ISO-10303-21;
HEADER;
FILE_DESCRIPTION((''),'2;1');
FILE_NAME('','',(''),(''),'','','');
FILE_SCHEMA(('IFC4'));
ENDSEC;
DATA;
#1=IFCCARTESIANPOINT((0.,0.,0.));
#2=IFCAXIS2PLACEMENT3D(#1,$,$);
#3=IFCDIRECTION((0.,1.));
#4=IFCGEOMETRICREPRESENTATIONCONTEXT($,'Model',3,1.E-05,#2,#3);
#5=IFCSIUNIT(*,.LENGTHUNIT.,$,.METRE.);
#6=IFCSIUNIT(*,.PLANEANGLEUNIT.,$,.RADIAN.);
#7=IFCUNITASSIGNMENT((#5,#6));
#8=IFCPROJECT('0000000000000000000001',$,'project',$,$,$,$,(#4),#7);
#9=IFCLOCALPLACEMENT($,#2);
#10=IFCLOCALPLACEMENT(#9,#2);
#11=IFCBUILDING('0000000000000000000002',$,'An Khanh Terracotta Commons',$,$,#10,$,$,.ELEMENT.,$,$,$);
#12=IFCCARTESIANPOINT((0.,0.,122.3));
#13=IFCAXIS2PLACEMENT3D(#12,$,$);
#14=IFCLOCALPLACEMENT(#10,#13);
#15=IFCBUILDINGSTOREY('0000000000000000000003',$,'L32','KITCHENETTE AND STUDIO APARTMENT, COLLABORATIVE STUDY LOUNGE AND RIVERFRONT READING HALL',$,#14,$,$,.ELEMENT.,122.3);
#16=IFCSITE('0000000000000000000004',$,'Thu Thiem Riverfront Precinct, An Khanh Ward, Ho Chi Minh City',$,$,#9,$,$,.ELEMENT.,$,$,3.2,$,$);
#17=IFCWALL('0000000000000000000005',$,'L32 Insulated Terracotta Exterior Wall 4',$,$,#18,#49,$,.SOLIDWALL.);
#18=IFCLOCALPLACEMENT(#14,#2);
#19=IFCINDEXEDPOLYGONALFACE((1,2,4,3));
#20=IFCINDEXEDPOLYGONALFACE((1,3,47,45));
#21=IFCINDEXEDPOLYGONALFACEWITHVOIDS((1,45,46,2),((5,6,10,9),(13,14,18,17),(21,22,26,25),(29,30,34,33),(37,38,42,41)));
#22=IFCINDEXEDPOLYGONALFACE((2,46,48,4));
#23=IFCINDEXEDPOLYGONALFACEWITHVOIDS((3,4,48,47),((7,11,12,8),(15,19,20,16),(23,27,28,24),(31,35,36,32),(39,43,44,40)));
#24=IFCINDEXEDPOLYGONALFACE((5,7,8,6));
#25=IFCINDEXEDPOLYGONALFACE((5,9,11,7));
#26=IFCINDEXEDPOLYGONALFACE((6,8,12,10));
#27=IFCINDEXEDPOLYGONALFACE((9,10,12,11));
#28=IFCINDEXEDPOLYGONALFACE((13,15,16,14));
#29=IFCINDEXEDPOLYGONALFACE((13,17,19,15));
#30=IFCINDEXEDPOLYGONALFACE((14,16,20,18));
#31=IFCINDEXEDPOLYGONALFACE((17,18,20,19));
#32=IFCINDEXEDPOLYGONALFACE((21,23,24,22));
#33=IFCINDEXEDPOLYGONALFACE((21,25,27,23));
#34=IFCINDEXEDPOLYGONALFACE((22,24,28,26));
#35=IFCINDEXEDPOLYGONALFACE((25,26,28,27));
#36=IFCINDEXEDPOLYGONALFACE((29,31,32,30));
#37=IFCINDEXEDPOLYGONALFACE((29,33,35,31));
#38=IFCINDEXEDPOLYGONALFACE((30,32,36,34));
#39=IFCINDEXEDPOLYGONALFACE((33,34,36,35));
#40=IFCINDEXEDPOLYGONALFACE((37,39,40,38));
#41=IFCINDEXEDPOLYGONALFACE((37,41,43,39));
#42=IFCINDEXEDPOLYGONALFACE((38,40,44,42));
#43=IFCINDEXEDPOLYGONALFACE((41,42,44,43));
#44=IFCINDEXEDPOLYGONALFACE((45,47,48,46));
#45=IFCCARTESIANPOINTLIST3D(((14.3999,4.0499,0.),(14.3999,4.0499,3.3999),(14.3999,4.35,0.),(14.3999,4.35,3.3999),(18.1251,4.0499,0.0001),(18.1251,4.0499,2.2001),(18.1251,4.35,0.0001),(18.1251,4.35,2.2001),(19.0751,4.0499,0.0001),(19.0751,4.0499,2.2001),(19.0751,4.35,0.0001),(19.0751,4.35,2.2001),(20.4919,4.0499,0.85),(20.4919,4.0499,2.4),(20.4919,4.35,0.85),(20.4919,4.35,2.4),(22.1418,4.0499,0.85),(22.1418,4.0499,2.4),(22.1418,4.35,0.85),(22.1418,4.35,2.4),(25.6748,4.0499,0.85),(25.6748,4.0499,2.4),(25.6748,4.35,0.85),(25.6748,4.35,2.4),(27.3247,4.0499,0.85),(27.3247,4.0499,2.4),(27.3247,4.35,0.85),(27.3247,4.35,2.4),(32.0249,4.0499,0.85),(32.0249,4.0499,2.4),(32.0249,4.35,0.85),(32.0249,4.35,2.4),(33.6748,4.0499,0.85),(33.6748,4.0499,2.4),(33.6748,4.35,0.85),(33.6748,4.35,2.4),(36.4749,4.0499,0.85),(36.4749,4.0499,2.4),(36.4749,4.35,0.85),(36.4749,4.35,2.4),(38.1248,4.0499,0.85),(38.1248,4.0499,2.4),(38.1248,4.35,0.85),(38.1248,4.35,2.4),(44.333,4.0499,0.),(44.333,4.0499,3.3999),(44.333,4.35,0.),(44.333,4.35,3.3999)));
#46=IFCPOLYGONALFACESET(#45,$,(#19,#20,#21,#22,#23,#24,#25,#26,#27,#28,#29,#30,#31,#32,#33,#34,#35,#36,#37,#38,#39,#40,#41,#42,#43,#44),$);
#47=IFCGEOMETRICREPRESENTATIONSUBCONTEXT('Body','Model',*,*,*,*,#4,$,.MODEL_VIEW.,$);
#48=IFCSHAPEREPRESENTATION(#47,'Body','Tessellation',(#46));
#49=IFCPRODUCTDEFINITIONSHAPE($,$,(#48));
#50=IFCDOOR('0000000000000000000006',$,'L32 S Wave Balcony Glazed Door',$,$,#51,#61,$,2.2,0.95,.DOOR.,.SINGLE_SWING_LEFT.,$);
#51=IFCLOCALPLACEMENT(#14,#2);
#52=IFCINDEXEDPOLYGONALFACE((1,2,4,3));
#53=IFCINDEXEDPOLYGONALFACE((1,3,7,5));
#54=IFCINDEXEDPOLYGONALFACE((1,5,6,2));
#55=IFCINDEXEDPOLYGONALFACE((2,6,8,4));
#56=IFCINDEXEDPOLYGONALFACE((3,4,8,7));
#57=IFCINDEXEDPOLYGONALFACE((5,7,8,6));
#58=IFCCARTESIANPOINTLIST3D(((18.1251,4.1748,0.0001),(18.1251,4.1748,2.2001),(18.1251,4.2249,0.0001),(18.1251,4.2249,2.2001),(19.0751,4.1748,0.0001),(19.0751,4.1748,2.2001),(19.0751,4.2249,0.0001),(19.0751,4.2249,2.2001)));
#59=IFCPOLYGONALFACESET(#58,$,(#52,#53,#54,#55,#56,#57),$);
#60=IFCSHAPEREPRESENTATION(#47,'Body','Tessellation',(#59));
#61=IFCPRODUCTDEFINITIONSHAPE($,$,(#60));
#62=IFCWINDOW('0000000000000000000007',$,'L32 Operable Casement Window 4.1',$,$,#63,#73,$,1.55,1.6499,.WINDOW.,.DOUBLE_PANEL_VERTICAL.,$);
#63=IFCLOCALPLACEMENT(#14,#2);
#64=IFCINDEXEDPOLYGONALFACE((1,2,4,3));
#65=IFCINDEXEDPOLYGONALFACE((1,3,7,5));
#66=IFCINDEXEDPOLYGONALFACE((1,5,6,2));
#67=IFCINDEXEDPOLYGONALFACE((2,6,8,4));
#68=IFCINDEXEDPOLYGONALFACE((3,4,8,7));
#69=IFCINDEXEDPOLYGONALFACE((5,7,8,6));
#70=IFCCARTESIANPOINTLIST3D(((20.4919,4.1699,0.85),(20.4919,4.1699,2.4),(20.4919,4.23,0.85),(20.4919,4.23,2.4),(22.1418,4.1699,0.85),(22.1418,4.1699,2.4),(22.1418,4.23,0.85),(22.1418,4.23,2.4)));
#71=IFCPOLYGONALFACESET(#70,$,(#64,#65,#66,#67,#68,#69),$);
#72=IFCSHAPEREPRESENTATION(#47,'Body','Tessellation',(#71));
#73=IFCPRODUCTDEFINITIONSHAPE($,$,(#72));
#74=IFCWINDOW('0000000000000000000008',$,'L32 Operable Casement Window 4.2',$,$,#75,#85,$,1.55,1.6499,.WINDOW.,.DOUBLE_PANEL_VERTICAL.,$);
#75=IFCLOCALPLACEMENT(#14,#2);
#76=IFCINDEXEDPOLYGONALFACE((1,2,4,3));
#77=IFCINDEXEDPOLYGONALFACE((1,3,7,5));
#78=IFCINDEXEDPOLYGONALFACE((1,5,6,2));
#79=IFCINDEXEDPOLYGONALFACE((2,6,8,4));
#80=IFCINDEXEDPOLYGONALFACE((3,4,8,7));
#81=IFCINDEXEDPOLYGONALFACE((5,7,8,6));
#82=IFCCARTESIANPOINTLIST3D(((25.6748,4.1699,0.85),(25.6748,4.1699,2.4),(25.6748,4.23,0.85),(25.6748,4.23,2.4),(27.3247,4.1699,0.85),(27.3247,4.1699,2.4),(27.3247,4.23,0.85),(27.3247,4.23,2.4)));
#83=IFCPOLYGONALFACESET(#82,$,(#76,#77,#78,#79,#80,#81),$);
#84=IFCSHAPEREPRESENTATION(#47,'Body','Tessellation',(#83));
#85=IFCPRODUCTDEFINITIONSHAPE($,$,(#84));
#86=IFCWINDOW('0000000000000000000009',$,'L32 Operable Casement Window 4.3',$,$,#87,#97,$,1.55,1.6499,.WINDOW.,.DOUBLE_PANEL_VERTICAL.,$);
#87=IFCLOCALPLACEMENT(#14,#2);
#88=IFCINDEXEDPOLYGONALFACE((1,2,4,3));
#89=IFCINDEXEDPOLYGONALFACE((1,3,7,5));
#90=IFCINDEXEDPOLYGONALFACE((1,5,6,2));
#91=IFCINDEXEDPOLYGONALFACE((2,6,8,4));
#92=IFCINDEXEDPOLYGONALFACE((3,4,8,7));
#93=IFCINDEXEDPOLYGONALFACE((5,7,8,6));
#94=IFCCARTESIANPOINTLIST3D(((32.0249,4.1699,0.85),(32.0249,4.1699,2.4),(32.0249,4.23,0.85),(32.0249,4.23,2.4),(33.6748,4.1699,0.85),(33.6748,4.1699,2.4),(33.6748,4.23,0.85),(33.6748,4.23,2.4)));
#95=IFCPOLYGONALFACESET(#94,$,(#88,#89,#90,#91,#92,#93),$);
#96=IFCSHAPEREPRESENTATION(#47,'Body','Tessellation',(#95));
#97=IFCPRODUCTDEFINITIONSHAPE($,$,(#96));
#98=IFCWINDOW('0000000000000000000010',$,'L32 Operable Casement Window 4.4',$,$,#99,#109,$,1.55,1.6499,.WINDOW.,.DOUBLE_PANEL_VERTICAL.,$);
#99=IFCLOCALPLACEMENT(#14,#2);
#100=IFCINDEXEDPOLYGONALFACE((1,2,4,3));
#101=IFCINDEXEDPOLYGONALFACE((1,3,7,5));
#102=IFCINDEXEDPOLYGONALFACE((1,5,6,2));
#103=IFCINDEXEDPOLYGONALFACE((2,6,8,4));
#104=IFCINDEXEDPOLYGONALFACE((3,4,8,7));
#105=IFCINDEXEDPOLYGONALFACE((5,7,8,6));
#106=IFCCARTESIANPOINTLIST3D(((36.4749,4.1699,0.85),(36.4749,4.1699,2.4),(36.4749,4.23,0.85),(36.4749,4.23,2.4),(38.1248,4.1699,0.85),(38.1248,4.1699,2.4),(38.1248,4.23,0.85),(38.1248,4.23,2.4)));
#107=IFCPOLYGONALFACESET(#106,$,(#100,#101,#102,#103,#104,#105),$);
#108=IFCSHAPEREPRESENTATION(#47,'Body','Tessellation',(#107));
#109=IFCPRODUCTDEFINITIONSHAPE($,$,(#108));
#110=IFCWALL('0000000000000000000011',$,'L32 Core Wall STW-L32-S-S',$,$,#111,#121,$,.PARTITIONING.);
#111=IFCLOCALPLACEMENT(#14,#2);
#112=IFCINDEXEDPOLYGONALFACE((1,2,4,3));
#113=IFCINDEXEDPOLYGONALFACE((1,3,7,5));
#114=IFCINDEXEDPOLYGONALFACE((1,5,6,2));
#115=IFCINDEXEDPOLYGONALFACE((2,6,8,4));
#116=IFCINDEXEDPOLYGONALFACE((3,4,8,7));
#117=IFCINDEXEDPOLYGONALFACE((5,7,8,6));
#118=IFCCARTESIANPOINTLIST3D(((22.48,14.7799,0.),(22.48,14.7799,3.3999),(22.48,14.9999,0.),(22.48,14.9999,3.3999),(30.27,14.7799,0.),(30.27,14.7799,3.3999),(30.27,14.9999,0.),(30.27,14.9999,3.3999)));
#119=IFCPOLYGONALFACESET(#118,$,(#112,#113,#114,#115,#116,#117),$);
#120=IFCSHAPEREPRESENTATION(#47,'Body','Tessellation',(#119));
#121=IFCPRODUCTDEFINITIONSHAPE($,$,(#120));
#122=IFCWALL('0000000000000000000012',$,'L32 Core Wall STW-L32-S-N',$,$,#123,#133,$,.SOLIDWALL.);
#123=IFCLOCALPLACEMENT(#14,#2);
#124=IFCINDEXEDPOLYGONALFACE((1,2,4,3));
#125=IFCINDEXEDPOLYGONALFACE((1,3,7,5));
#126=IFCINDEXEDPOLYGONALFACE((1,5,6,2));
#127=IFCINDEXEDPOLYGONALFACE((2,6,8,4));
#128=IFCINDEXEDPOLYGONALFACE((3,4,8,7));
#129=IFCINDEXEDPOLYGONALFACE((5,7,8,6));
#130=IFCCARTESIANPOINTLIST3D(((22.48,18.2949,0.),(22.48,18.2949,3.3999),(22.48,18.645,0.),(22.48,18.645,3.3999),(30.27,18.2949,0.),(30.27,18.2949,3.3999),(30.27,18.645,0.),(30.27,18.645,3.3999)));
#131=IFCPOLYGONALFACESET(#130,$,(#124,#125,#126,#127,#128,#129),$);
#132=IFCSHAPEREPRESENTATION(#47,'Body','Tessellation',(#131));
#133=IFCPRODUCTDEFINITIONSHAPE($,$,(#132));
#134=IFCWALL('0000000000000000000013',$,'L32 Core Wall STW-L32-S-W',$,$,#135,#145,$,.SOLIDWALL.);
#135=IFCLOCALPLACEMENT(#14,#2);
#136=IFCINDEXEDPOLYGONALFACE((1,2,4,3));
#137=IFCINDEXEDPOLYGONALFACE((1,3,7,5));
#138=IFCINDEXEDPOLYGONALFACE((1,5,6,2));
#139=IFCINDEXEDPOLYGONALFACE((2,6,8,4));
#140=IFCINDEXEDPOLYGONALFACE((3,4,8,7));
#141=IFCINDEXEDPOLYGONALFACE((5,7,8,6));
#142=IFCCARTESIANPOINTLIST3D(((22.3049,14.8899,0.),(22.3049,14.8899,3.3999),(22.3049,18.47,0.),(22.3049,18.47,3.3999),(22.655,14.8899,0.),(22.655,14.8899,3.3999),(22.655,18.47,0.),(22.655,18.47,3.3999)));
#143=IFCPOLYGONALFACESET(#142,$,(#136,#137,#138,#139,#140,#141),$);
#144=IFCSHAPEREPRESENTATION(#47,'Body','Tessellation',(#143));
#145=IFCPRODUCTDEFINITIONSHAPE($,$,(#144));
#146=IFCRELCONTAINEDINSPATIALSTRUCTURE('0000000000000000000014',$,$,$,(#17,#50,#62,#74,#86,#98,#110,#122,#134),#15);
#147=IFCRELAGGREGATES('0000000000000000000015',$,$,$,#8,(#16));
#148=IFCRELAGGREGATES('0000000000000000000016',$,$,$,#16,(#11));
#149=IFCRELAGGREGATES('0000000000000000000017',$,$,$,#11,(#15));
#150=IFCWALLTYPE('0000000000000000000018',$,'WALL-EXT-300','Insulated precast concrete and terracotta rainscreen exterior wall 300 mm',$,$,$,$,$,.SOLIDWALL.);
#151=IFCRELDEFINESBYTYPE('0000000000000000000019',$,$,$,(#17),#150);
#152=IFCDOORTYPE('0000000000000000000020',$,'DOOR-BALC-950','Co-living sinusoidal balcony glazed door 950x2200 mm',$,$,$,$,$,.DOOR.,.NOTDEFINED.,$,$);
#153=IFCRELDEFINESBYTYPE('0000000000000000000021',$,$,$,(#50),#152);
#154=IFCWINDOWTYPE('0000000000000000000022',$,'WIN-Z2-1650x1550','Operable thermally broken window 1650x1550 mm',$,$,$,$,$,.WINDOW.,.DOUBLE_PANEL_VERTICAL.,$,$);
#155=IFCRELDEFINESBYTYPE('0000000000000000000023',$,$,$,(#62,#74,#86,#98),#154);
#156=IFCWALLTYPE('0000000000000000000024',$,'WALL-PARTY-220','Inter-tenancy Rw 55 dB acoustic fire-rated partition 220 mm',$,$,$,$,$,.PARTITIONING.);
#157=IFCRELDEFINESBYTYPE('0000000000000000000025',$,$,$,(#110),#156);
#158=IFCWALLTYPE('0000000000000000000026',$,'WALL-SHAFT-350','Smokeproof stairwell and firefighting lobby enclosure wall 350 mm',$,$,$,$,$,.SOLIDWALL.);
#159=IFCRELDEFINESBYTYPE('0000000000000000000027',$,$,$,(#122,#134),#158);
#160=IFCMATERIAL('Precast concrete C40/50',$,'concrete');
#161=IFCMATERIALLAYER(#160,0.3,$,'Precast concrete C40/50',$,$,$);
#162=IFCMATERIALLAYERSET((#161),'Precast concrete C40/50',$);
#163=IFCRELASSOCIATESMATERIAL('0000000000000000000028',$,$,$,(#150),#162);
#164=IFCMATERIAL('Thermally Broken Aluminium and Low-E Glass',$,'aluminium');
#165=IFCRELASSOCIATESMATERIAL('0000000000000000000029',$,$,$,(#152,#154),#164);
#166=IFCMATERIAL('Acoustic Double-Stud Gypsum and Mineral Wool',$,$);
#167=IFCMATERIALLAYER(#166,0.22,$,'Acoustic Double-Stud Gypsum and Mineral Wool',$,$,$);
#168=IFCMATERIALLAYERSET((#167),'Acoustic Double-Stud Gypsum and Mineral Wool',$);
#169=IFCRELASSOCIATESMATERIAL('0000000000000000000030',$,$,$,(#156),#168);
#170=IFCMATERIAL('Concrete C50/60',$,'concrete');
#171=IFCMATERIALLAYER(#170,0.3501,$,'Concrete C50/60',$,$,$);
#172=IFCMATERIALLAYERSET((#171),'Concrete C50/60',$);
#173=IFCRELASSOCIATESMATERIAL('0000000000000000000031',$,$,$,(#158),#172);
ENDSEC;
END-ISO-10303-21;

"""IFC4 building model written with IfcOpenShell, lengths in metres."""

from ifc_helpers import new_model, si_unit, direction, frame, frame_2d, origin, place, context, subcontext, project, spatial, rectangle, extrude, material, layer, layer_set, type_object, element, fill, save


model = new_model("IFC4")

# Units and contexts
model_context = context("Model", 3, precision=1e-05, world=origin(), true_north=direction((0.0, 1.0)))
body_context = subcontext(model_context, "Body", "Model", "MODEL_VIEW")
ifc_project = project(units=[si_unit("LENGTHUNIT", "METRE"), si_unit("PLANEANGLEUNIT", "RADIAN")], contexts=[model_context])

# Site, building, storey
site_placement = place(None, origin())
site = spatial("IfcSite", under=ifc_project, at=site_placement, Name="Thu Thiem Riverfront Precinct, An Khanh Ward, Ho Chi Minh City", CompositionType="ELEMENT", RefElevation=3.2)
building_placement = place(site_placement, origin())
building = spatial("IfcBuilding", under=site, at=building_placement, Name="An Khanh Terracotta Commons", CompositionType="ELEMENT")
storey_placement = place(building_placement, frame((0.0, 0.0, 122.3)))
storey = spatial("IfcBuildingStorey", under=building, at=storey_placement, Name="L32", Description="KITCHENETTE AND STUDIO APARTMENT, COLLABORATIVE STUDY LOUNGE AND RIVERFRONT READING HALL", CompositionType="ELEMENT", Elevation=122.3)

# Shared definitions
ifc_material_1 = material(Name="Precast concrete C40/50", Category="concrete")
ifc_layer_1 = layer(ifc_material_1, 0.3, Name="Precast concrete C40/50")
ifc_layer_set_1 = layer_set([ifc_layer_1], Name="Precast concrete C40/50")
wall_type_1 = type_object("IfcWallType", Name="WALL-EXT-300", Description="Insulated precast concrete and terracotta rainscreen exterior wall 300 mm", PredefinedType="SOLIDWALL", material=ifc_layer_set_1)

# Wall, openings, door, windows
wall_1_placement = place(storey_placement, frame((14.3999, 4.2, 0.0), z_axis=(0.0, 0.0, 1.0), x_axis=(1.0, 0.0, 0.0)))
wall_1 = element("IfcWall", 1, at=wall_1_placement, inside=storey, type_object=wall_type_1, Name="L32 Insulated Terracotta Exterior Wall 4", PredefinedType="SOLIDWALL", context=body_context, shape_type="SweptSolid", body=[
    extrude(rectangle(XDim=29.9331, YDim=0.3, at=frame_2d((14.9666, 0.0))), origin(), (0.0, 0.0, 1.0), 3.3999),
])
opening_1_placement = place(wall_1_placement, frame((3.7251, 0.0, 0.0)))
opening_1 = element("IfcOpeningElement", 2, at=opening_1_placement, cuts=wall_1, PredefinedType="OPENING", context=body_context, shape_type="SweptSolid", body=[
    extrude(rectangle(XDim=0.95, YDim=2.2, at=frame_2d((0.4751, 1.1001))), frame((0.0, 0.1599, 0.0), z_axis=(0.0, -1.0, 0.0), x_axis=(1.0, 0.0, 0.0)), (0.0, 0.0, 1.0), 0.3201),
])
opening_2_placement = place(wall_1_placement, frame((6.092, 0.0, 0.8501)))
opening_2 = element("IfcOpeningElement", 3, at=opening_2_placement, cuts=wall_1, PredefinedType="OPENING", context=body_context, shape_type="SweptSolid", body=[
    extrude(rectangle(XDim=1.6499, YDim=1.55, at=frame_2d((0.825, 0.7749))), frame((0.0, 0.1599, 0.0), z_axis=(0.0, -1.0, 0.0), x_axis=(1.0, 0.0, 0.0)), (0.0, 0.0, 1.0), 0.3201),
])
opening_3_placement = place(wall_1_placement, frame((11.2749, 0.0, 0.8501)))
opening_3 = element("IfcOpeningElement", 4, at=opening_3_placement, cuts=wall_1, PredefinedType="OPENING", context=body_context, shape_type="SweptSolid", body=[
    extrude(rectangle(XDim=1.6499, YDim=1.55, at=frame_2d((0.825, 0.7749))), frame((0.0, 0.1599, 0.0), z_axis=(0.0, -1.0, 0.0), x_axis=(1.0, 0.0, 0.0)), (0.0, 0.0, 1.0), 0.3201),
])
opening_4_placement = place(wall_1_placement, frame((17.625, 0.0, 0.8501)))
opening_4 = element("IfcOpeningElement", 5, at=opening_4_placement, cuts=wall_1, PredefinedType="OPENING", context=body_context, shape_type="SweptSolid", body=[
    extrude(rectangle(XDim=1.6499, YDim=1.55, at=frame_2d((0.825, 0.7749))), frame((0.0, 0.1599, 0.0), z_axis=(0.0, -1.0, 0.0), x_axis=(1.0, 0.0, 0.0)), (0.0, 0.0, 1.0), 0.3201),
])
opening_5_placement = place(wall_1_placement, frame((22.075, 0.0, 0.8501)))
opening_5 = element("IfcOpeningElement", 6, at=opening_5_placement, cuts=wall_1, PredefinedType="OPENING", context=body_context, shape_type="SweptSolid", body=[
    extrude(rectangle(XDim=1.6499, YDim=1.55, at=frame_2d((0.825, 0.7749))), frame((0.0, 0.1599, 0.0), z_axis=(0.0, -1.0, 0.0), x_axis=(1.0, 0.0, 0.0)), (0.0, 0.0, 1.0), 0.3201),
])
ifc_material_2 = material(Name="Thermally Broken Aluminium and Low-E Glass", Category="aluminium")
door_type_1 = type_object("IfcDoorType", Name="DOOR-BALC-950", Description="Co-living sinusoidal balcony glazed door 950x2200 mm", OperationType="NOTDEFINED", PredefinedType="DOOR", material=ifc_material_2)
door_1_placement = place(opening_1_placement, origin())
door_1 = element("IfcDoor", 7, at=door_1_placement, inside=storey, type_object=door_type_1, Name="L32 S Wave Balcony Glazed Door", OperationType="SINGLE_SWING_LEFT", OverallHeight=2.2, OverallWidth=0.95, PredefinedType="DOOR", context=body_context, shape_type="SweptSolid", body=[
    extrude(rectangle(XDim=0.95, YDim=2.2, at=frame_2d((0.4751, 1.1001))), frame((0.0, 0.0249, 0.0), z_axis=(0.0, -1.0, 0.0), x_axis=(1.0, 0.0, 0.0)), (0.0, 0.0, 1.0), 0.05),
])
fill(opening_1, door_1)
window_type = type_object("IfcWindowType", Name="WIN-Z2-1650x1550", Description="Operable thermally broken window 1650x1550 mm", PartitioningType="DOUBLE_PANEL_VERTICAL", PredefinedType="WINDOW", material=ifc_material_2)
window_1_placement = place(opening_2_placement, origin())
window_1 = element("IfcWindow", 8, at=window_1_placement, inside=storey, type_object=window_type, Name="L32 Operable Casement Window 4.1", OverallHeight=1.55, OverallWidth=1.6499, PartitioningType="DOUBLE_PANEL_VERTICAL", PredefinedType="WINDOW", context=body_context, shape_type="SweptSolid", body=[
    extrude(rectangle(XDim=1.6499, YDim=1.55, at=frame_2d((0.825, 0.7749))), frame((0.0, 0.03, 0.0), z_axis=(0.0, -1.0, 0.0), x_axis=(1.0, 0.0, 0.0)), (0.0, 0.0, 1.0), 0.0601),
])
fill(opening_2, window_1)
window_2_placement = place(opening_3_placement, origin())
window_2 = element("IfcWindow", 9, at=window_2_placement, inside=storey, type_object=window_type, Name="L32 Operable Casement Window 4.2", OverallHeight=1.55, OverallWidth=1.6499, PartitioningType="DOUBLE_PANEL_VERTICAL", PredefinedType="WINDOW", context=body_context, shape_type="SweptSolid", body=[
    extrude(rectangle(XDim=1.6499, YDim=1.55, at=frame_2d((0.825, 0.7749))), frame((0.0, 0.03, 0.0), z_axis=(0.0, -1.0, 0.0), x_axis=(1.0, 0.0, 0.0)), (0.0, 0.0, 1.0), 0.0601),
])
fill(opening_3, window_2)
window_3_placement = place(opening_4_placement, origin())
window_3 = element("IfcWindow", 10, at=window_3_placement, inside=storey, type_object=window_type, Name="L32 Operable Casement Window 4.3", OverallHeight=1.55, OverallWidth=1.6499, PartitioningType="DOUBLE_PANEL_VERTICAL", PredefinedType="WINDOW", context=body_context, shape_type="SweptSolid", body=[
    extrude(rectangle(XDim=1.6499, YDim=1.55, at=frame_2d((0.825, 0.7749))), frame((0.0, 0.03, 0.0), z_axis=(0.0, -1.0, 0.0), x_axis=(1.0, 0.0, 0.0)), (0.0, 0.0, 1.0), 0.0601),
])
fill(opening_4, window_3)
window_4_placement = place(opening_5_placement, origin())
window_4 = element("IfcWindow", 11, at=window_4_placement, inside=storey, type_object=window_type, Name="L32 Operable Casement Window 4.4", OverallHeight=1.55, OverallWidth=1.6499, PartitioningType="DOUBLE_PANEL_VERTICAL", PredefinedType="WINDOW", context=body_context, shape_type="SweptSolid", body=[
    extrude(rectangle(XDim=1.6499, YDim=1.55, at=frame_2d((0.825, 0.7749))), frame((0.0, 0.03, 0.0), z_axis=(0.0, -1.0, 0.0), x_axis=(1.0, 0.0, 0.0)), (0.0, 0.0, 1.0), 0.0601),
])
fill(opening_5, window_4)

# Walls
ifc_material_3 = material(Name="Acoustic Double-Stud Gypsum and Mineral Wool")
ifc_layer_2 = layer(ifc_material_3, 0.22, Name="Acoustic Double-Stud Gypsum and Mineral Wool")
ifc_layer_set_2 = layer_set([ifc_layer_2], Name="Acoustic Double-Stud Gypsum and Mineral Wool")
wall_type_2 = type_object("IfcWallType", Name="WALL-PARTY-220", Description="Inter-tenancy Rw 55 dB acoustic fire-rated partition 220 mm", PredefinedType="PARTITIONING", material=ifc_layer_set_2)
wall_2_placement = place(storey_placement, frame((22.48, 14.8899, 0.0), z_axis=(0.0, 0.0, 1.0), x_axis=(1.0, 0.0, 0.0)))
element("IfcWall", 12, at=wall_2_placement, inside=storey, type_object=wall_type_2, Name="L32 Core Wall STW-L32-S-S", PredefinedType="PARTITIONING", context=body_context, shape_type="SweptSolid", body=[
    extrude(rectangle(XDim=7.79, YDim=0.22, at=frame_2d((3.895, 0.0))), origin(), (0.0, 0.0, 1.0), 3.3999),
])
ifc_material_4 = material(Name="Concrete C50/60", Category="concrete")
ifc_layer_3 = layer(ifc_material_4, 0.3501, Name="Concrete C50/60")
ifc_layer_set_3 = layer_set([ifc_layer_3], Name="Concrete C50/60")
wall_type_3 = type_object("IfcWallType", Name="WALL-SHAFT-350", Description="Smokeproof stairwell and firefighting lobby enclosure wall 350 mm", PredefinedType="SOLIDWALL", material=ifc_layer_set_3)
wall_3_placement = place(storey_placement, frame((22.48, 18.47, 0.0), z_axis=(0.0, 0.0, 1.0), x_axis=(1.0, 0.0, 0.0)))
element("IfcWall", 13, at=wall_3_placement, inside=storey, type_object=wall_type_3, Name="L32 Core Wall STW-L32-S-N", PredefinedType="SOLIDWALL", context=body_context, shape_type="SweptSolid", body=[
    extrude(rectangle(XDim=7.79, YDim=0.3501, at=frame_2d((3.895, 0.0))), origin(), (0.0, 0.0, 1.0), 3.3999),
])
wall_4_placement = place(storey_placement, frame((22.48, 14.8899, 0.0), z_axis=(0.0, 0.0, 1.0), x_axis=(0.0, 1.0, 0.0)))
element("IfcWall", 14, at=wall_4_placement, inside=storey, type_object=wall_type_3, Name="L32 Core Wall STW-L32-S-W", PredefinedType="SOLIDWALL", context=body_context, shape_type="SweptSolid", body=[
    extrude(rectangle(XDim=3.5801, YDim=0.3501, at=frame_2d((1.79, 0.0))), origin(), (0.0, 0.0, 1.0), 3.3999),
])

save(model, "model.ifc")
